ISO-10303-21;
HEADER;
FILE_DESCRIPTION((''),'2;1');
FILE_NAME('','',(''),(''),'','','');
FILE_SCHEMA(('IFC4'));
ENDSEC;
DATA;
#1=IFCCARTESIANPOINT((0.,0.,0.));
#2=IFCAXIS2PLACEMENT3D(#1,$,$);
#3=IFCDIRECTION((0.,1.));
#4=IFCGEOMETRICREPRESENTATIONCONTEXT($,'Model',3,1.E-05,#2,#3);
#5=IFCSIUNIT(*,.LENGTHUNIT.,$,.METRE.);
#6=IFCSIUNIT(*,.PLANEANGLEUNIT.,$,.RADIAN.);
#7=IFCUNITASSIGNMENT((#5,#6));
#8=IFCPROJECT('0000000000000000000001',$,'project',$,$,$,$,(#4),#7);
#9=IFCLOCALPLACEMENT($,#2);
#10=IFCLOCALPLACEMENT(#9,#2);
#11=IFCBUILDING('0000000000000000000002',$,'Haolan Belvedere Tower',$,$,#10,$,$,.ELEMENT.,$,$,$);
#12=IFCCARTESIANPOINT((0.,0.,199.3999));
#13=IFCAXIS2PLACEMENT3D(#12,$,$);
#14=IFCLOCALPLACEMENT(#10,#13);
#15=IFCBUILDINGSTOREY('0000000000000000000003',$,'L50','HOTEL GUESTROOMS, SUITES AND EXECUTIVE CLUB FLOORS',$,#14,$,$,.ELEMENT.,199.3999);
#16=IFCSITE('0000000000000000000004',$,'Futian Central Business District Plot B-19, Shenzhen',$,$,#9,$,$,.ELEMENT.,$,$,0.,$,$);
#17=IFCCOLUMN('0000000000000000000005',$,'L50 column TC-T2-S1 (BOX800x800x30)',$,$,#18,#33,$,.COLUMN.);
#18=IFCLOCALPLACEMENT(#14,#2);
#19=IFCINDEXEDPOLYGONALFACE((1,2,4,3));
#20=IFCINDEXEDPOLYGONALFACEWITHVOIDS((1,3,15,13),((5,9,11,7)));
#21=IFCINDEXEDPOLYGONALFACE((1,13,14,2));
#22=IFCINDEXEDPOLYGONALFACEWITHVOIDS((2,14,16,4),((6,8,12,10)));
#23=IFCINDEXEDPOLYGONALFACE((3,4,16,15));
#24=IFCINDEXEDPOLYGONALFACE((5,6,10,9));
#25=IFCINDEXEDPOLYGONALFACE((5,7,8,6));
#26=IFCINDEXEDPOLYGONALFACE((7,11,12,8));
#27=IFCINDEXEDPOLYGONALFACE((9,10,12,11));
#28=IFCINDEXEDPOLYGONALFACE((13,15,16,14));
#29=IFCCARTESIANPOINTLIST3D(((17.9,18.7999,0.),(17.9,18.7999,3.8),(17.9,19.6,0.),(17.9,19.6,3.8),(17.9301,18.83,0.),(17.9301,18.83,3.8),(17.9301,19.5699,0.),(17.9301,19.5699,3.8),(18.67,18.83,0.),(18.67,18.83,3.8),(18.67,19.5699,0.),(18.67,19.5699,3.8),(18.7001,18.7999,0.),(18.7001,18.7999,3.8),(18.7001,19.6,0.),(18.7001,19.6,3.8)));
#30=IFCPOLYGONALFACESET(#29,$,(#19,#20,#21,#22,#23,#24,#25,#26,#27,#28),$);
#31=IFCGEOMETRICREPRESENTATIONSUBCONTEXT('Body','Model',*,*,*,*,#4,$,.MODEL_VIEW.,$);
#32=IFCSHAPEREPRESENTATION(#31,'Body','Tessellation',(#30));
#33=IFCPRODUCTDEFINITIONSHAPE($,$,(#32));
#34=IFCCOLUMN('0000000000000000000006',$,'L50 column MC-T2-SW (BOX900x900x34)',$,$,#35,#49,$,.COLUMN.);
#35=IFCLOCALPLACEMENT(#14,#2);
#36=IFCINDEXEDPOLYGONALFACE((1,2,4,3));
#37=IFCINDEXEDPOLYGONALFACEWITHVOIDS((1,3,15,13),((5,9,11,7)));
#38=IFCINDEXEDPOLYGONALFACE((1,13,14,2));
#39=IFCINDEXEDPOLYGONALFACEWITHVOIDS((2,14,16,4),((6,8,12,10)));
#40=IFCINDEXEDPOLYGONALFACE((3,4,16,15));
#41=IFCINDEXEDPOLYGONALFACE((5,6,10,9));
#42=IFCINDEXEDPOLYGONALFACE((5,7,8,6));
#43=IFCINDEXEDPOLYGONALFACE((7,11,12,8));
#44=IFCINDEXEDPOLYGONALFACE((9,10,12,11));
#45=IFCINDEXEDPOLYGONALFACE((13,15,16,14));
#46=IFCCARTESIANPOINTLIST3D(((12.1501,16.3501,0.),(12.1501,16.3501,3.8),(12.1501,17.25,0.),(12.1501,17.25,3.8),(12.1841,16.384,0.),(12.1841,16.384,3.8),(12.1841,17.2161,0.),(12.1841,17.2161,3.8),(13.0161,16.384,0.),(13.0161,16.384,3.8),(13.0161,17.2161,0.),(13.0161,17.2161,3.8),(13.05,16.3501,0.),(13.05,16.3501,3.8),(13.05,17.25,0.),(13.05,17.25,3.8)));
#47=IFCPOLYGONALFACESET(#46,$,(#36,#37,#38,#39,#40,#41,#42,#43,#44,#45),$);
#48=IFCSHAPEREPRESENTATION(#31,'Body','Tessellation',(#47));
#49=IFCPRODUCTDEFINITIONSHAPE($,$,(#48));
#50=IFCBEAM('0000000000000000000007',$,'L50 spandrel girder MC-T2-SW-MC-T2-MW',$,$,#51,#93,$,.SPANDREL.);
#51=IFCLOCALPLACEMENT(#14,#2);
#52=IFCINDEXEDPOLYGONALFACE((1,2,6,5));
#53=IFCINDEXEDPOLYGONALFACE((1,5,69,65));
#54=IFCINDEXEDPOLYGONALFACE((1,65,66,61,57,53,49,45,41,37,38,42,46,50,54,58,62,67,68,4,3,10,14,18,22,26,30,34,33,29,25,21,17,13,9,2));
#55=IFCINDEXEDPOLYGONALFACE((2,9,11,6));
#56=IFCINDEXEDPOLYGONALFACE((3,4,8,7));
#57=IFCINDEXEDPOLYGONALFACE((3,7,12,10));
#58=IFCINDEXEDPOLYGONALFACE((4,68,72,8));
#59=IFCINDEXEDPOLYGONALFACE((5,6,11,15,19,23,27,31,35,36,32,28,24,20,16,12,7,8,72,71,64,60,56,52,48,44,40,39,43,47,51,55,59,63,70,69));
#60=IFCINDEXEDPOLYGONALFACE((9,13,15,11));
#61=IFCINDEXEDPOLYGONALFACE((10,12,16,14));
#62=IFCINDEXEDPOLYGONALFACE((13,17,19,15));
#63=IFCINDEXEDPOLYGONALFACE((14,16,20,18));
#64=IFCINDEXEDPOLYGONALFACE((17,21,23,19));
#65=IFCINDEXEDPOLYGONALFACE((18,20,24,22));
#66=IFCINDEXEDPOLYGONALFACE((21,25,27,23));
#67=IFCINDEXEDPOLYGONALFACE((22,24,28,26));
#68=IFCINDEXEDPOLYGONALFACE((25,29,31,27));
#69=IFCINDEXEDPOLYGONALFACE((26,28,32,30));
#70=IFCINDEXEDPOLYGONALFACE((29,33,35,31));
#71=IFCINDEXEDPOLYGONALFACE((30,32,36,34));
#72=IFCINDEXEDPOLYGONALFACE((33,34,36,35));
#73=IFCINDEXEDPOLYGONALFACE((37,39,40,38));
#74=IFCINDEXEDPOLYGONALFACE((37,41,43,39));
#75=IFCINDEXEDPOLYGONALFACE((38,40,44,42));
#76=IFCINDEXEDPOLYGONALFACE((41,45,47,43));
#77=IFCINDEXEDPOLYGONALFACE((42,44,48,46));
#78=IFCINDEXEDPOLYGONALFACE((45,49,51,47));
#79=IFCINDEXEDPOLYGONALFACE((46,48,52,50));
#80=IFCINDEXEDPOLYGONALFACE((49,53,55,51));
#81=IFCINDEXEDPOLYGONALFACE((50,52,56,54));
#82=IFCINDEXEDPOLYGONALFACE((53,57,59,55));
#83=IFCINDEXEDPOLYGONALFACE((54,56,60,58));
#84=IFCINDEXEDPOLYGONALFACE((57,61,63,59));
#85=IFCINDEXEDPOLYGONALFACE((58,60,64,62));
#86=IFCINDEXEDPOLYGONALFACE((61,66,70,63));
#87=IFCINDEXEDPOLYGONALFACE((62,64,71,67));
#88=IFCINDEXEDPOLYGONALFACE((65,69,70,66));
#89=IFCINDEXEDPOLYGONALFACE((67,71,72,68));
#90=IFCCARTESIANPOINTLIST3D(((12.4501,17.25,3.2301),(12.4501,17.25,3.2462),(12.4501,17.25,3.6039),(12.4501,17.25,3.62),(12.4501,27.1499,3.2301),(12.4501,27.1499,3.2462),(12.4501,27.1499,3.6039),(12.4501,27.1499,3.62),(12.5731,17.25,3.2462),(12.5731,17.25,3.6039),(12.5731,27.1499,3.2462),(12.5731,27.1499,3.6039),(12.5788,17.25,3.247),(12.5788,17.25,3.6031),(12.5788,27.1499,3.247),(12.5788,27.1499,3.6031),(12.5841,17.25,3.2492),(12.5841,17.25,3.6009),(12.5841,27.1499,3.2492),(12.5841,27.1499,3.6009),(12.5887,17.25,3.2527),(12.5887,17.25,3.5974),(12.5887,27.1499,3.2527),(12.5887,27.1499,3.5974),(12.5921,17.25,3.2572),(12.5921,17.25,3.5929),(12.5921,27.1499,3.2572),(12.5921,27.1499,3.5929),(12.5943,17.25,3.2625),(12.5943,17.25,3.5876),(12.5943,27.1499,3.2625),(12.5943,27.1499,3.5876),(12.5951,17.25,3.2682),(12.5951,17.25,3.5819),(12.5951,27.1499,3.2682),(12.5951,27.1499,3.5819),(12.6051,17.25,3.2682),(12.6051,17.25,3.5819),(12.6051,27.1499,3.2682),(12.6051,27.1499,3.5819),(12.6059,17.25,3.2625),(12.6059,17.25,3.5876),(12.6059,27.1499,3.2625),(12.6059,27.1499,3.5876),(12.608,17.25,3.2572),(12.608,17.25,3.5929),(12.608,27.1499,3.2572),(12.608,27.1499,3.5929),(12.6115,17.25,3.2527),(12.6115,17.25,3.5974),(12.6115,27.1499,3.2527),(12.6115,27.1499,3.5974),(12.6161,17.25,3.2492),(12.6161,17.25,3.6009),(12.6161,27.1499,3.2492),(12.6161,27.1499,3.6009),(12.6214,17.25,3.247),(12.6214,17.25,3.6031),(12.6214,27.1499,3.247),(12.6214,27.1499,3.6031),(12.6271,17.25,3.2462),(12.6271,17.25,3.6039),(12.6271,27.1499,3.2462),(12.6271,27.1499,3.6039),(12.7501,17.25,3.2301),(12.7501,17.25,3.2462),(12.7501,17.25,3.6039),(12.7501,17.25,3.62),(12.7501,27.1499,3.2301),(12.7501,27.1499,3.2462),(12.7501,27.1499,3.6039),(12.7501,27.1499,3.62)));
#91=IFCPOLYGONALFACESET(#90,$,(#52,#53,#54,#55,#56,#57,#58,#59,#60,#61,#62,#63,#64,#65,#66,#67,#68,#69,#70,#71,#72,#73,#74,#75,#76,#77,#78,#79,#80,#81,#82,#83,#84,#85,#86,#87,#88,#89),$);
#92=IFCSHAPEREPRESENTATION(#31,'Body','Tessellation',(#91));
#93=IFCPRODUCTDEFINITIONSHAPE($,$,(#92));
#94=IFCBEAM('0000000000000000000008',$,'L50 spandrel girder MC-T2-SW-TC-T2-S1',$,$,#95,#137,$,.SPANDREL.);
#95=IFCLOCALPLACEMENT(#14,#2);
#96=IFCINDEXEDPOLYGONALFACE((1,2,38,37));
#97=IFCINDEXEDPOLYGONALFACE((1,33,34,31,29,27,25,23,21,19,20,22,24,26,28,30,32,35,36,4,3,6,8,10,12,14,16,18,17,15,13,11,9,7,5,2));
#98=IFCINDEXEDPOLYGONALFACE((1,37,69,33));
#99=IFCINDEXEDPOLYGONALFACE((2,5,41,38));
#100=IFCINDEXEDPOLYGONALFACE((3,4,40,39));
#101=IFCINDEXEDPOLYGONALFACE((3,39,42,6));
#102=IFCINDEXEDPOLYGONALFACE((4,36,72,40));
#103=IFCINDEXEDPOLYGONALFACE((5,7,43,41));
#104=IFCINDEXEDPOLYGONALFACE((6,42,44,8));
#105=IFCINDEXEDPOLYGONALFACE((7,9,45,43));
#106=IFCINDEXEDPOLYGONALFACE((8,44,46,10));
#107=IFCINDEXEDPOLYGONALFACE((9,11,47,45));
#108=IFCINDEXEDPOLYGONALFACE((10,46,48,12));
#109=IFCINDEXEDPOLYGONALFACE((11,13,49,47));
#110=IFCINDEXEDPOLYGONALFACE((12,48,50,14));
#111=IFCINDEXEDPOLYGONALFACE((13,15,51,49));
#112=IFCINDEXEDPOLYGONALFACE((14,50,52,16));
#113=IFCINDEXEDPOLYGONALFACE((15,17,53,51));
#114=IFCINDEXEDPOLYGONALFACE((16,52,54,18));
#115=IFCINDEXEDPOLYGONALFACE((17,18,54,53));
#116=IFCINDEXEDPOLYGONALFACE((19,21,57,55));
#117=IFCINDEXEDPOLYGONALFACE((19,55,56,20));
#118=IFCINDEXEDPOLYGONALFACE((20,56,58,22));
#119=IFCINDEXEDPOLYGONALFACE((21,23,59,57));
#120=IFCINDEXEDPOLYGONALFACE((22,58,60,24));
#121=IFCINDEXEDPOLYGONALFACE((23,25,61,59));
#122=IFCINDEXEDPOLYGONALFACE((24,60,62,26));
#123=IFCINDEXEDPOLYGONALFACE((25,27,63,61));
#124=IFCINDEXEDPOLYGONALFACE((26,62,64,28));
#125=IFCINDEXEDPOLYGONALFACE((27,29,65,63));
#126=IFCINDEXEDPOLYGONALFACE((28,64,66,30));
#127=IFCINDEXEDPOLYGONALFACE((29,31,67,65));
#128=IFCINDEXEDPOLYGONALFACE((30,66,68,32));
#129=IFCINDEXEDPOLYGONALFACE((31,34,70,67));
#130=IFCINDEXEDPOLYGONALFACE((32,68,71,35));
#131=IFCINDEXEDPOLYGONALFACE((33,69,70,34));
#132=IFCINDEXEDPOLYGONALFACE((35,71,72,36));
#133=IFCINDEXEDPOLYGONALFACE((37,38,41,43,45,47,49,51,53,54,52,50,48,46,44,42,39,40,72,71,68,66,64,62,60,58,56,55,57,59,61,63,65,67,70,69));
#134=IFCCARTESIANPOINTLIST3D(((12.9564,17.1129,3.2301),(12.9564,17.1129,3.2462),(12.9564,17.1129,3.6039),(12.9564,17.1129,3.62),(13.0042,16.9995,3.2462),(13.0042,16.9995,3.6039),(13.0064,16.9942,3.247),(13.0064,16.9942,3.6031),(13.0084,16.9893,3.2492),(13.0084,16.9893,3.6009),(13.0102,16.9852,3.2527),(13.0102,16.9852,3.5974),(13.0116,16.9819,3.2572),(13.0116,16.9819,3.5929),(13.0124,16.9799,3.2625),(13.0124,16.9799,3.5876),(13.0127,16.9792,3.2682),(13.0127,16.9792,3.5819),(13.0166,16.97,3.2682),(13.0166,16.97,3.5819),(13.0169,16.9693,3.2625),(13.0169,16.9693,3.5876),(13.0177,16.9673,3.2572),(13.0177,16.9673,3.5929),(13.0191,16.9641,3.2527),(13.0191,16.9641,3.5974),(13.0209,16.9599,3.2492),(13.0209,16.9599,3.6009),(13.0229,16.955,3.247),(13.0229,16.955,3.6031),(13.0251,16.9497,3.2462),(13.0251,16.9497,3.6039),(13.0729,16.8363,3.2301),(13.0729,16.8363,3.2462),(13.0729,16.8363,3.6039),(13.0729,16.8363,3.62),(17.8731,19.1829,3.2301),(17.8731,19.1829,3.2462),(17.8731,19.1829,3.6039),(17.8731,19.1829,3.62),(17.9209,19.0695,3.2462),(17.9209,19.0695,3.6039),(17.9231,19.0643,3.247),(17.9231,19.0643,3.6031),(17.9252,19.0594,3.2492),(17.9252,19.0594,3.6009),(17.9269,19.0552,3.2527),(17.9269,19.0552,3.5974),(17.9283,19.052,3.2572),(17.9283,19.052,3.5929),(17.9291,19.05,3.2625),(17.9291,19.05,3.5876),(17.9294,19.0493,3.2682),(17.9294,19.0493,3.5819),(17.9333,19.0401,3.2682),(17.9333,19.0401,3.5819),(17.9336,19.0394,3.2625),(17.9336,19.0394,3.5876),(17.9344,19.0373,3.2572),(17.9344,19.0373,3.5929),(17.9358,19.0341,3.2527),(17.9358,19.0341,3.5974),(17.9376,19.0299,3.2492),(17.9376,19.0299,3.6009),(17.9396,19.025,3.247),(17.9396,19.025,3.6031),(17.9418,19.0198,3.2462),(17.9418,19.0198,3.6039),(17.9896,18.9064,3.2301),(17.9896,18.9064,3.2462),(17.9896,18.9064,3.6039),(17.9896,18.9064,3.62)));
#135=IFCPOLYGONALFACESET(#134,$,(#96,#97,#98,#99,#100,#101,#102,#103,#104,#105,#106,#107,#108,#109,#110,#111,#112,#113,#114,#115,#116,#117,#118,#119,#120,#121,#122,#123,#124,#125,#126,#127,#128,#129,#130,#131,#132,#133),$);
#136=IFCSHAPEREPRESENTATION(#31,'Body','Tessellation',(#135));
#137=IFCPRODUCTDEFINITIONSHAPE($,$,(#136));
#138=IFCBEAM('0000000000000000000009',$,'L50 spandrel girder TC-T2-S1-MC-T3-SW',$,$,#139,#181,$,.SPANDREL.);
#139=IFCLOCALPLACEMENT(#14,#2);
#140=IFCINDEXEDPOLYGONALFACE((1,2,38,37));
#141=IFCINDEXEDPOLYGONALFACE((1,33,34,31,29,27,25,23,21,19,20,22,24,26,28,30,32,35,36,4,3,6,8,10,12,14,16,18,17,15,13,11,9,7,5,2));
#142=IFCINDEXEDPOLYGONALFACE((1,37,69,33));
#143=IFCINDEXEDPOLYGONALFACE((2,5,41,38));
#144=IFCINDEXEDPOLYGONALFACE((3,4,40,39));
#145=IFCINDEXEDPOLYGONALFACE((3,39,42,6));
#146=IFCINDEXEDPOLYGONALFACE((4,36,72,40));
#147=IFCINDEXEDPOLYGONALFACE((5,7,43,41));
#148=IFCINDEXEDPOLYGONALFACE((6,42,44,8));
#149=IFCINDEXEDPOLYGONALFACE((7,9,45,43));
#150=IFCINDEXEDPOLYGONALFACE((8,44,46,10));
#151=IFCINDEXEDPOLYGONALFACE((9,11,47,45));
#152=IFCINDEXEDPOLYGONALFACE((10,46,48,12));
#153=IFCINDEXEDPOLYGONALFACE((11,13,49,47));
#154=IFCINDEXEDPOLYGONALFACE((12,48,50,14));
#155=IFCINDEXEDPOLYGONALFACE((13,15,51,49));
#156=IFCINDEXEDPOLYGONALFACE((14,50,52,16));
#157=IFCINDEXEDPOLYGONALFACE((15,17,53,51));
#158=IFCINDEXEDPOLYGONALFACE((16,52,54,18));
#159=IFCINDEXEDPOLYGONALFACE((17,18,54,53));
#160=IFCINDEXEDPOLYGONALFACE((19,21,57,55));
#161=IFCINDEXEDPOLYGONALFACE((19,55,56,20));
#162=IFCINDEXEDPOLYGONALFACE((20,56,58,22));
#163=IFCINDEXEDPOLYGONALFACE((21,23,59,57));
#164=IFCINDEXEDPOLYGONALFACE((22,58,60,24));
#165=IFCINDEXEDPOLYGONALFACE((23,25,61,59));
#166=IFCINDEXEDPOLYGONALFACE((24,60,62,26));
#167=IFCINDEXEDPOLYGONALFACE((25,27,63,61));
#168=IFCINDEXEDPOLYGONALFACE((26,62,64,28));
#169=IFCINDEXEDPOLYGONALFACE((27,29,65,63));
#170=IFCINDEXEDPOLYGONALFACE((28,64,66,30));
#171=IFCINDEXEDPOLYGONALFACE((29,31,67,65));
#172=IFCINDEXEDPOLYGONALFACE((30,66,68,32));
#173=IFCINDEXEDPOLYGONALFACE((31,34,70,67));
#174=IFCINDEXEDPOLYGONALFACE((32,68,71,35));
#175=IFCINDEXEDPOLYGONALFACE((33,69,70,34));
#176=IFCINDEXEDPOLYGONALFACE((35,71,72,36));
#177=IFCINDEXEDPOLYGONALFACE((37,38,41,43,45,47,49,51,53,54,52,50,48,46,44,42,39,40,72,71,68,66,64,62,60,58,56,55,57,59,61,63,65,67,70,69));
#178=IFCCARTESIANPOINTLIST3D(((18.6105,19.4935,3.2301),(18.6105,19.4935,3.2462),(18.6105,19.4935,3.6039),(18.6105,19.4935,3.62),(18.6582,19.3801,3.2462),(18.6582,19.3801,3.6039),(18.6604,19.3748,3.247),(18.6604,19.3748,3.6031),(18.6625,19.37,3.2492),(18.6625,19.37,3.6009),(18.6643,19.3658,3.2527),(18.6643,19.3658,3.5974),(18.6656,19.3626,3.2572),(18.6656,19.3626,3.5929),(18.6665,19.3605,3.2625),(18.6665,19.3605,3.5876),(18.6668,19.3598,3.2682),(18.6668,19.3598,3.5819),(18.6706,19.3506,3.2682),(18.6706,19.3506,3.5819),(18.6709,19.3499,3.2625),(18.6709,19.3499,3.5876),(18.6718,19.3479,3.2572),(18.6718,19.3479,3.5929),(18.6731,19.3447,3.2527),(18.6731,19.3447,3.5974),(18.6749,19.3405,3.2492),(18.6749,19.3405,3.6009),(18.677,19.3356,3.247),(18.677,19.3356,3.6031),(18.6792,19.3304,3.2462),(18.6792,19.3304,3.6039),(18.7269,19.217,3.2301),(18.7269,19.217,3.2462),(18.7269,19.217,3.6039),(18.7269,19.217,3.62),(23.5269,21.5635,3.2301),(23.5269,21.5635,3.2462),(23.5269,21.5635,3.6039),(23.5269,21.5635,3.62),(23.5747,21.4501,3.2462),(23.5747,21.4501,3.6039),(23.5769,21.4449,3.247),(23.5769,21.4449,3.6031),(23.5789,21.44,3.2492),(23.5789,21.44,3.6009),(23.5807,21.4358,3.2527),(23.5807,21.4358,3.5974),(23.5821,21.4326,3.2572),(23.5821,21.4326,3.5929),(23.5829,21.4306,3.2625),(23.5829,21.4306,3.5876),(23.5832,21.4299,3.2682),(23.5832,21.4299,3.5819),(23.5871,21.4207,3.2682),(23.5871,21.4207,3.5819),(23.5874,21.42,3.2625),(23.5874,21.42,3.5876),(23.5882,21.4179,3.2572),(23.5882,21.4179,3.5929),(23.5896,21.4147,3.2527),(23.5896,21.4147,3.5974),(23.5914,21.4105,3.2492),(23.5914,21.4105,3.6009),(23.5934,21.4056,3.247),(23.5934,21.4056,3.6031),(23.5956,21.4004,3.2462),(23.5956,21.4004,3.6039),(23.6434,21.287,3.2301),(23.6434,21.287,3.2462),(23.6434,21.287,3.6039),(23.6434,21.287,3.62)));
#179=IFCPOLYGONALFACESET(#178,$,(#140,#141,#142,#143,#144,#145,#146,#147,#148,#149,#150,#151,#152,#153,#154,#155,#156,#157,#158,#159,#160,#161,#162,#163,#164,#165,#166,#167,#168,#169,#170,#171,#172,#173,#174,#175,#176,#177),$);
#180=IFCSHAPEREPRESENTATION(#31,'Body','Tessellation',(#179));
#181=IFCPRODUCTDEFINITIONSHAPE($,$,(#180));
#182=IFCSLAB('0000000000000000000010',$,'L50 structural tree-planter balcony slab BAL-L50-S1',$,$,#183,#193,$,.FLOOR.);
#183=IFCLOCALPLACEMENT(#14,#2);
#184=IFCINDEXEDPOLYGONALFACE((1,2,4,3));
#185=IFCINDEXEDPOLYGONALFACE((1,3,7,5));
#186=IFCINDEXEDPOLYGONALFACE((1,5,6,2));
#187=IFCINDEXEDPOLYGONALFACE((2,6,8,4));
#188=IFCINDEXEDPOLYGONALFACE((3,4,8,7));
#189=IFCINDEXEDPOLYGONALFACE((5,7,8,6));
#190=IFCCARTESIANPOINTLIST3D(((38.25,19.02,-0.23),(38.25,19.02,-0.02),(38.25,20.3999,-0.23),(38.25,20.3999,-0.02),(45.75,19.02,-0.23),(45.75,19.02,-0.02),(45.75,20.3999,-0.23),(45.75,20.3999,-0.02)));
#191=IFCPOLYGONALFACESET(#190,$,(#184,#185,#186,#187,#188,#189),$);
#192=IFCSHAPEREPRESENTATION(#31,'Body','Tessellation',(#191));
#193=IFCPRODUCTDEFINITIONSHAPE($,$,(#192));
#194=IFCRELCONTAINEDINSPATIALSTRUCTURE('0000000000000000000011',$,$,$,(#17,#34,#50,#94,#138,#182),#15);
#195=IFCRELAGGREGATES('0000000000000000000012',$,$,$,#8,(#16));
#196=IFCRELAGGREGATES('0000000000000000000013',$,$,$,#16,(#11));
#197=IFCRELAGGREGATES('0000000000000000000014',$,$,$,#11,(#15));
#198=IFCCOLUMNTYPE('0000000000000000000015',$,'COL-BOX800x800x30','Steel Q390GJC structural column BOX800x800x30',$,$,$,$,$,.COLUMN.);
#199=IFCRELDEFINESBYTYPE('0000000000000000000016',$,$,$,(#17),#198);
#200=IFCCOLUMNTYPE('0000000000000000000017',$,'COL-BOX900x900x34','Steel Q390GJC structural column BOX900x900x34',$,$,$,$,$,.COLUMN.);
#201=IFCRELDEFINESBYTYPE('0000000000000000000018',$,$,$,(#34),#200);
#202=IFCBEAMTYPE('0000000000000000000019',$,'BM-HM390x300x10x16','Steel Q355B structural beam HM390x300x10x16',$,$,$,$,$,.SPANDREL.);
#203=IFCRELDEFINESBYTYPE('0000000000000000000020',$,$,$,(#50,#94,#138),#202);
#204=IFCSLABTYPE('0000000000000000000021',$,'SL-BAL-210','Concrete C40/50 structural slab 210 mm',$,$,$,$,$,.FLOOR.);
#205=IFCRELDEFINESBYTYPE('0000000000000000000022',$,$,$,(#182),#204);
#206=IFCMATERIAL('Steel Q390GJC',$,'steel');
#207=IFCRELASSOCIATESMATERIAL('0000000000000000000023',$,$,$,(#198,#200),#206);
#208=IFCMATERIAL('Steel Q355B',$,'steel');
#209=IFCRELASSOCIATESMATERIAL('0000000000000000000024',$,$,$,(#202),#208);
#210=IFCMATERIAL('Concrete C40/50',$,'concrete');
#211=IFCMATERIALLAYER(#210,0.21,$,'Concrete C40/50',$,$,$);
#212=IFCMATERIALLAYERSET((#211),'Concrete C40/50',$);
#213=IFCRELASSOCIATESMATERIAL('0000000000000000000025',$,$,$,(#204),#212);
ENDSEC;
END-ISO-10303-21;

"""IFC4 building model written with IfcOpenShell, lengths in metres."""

from ifc_helpers import new_model, si_unit, direction, frame, origin, origin_2d, place, context, subcontext, project, spatial, polyline, hollow_rectangle, i_section, outline, extrude, material, layer, layer_set, material_profile, profile_set, type_object, element, save


model = new_model("IFC4")

# Units and contexts
model_context = context("Model", 3, precision=1e-05, world=origin(), true_north=direction((0.0, 1.0)))
body_context = subcontext(model_context, "Body", "Model", "MODEL_VIEW")
ifc_project = project(units=[si_unit("LENGTHUNIT", "METRE"), si_unit("PLANEANGLEUNIT", "RADIAN")], contexts=[model_context])

# Site, building, storey
site_placement = place(None, origin())
site = spatial("IfcSite", under=ifc_project, at=site_placement, Name="Futian Central Business District Plot B-19, Shenzhen", CompositionType="ELEMENT", RefElevation=0.0)
building_placement = place(site_placement, origin())
building = spatial("IfcBuilding", under=site, at=building_placement, Name="Haolan Belvedere Tower", CompositionType="ELEMENT")
storey_placement = place(building_placement, frame((0.0, 0.0, 199.3999)))
storey = spatial("IfcBuildingStorey", under=building, at=storey_placement, Name="L50", Description="HOTEL GUESTROOMS, SUITES AND EXECUTIVE CLUB FLOORS", CompositionType="ELEMENT", Elevation=199.3999)

# Columns
ifc_material_1 = material(Name="Steel Q390GJC", Category="steel")
ifc_material_profile_1 = material_profile(ifc_material_1, hollow_rectangle(XDim=0.8, YDim=0.8, WallThickness=0.03, at=origin_2d()), Name="Steel Q390GJC")
ifc_profile_set_1 = profile_set([ifc_material_profile_1], Name="Steel Q390GJC")
column_type_1 = type_object("IfcColumnType", Name="COL-BOX800x800x30", Description="Steel Q390GJC structural column BOX800x800x30", PredefinedType="COLUMN", material=ifc_profile_set_1)
column_1_placement = place(storey_placement, frame((18.3, 19.2, 0.0), z_axis=(0.0, 0.0, 1.0), x_axis=(1.0, 0.0, 0.0)))
element("IfcColumn", 1, at=column_1_placement, inside=storey, type_object=column_type_1, Name="L50 column TC-T2-S1 (BOX800x800x30)", PredefinedType="COLUMN", context=body_context, shape_type="SweptSolid", body=[
    extrude(hollow_rectangle(XDim=0.8, YDim=0.8, WallThickness=0.03, at=origin_2d()), origin(), (0.0, 0.0, 1.0), 3.8),
])
ifc_material_profile_2 = material_profile(ifc_material_1, hollow_rectangle(XDim=0.8999, YDim=0.8999, WallThickness=0.0339, at=origin_2d()), Name="Steel Q390GJC")
ifc_profile_set_2 = profile_set([ifc_material_profile_2], Name="Steel Q390GJC")
column_type_2 = type_object("IfcColumnType", Name="COL-BOX900x900x34", Description="Steel Q390GJC structural column BOX900x900x34", PredefinedType="COLUMN", material=ifc_profile_set_2)
column_2_placement = place(storey_placement, frame((12.6001, 16.8, 0.0), z_axis=(0.0, 0.0, 1.0), x_axis=(1.0, 0.0, 0.0)))
element("IfcColumn", 2, at=column_2_placement, inside=storey, type_object=column_type_2, Name="L50 column MC-T2-SW (BOX900x900x34)", PredefinedType="COLUMN", context=body_context, shape_type="SweptSolid", body=[
    extrude(hollow_rectangle(XDim=0.8999, YDim=0.8999, WallThickness=0.0339, at=origin_2d()), origin(), (0.0, 0.0, 1.0), 3.8),
])

# Beams
ifc_material_2 = material(Name="Steel Q355B", Category="steel")
ifc_material_profile_3 = material_profile(ifc_material_2, i_section(OverallWidth=0.3, OverallDepth=0.3899, WebThickness=0.01, FlangeThickness=0.0161, FilletRadius=0.022, at=origin_2d()), Name="Steel Q355B")
ifc_profile_set_3 = profile_set([ifc_material_profile_3], Name="Steel Q355B")
beam_type = type_object("IfcBeamType", Name="BM-HM390x300x10x16", Description="Steel Q355B structural beam HM390x300x10x16", PredefinedType="SPANDREL", material=ifc_profile_set_3)
beam_1_placement = place(storey_placement, frame((12.6001, 17.25, 3.425), z_axis=(0.0, 1.0, 0.0), x_axis=(-1.0, 0.0, 0.0)))
element("IfcBeam", 3, at=beam_1_placement, inside=storey, type_object=beam_type, Name="L50 spandrel girder MC-T2-SW-MC-T2-MW", PredefinedType="SPANDREL", context=body_context, shape_type="SweptSolid", body=[
    extrude(i_section(OverallWidth=0.3, OverallDepth=0.3899, WebThickness=0.01, FlangeThickness=0.0161, FilletRadius=0.022, at=origin_2d()), origin(), (0.0, 0.0, 1.0), 9.8999),
])
beam_2_placement = place(storey_placement, frame((13.0146, 16.9746, 3.425), z_axis=(0.921645, 0.388034, 0.0), x_axis=(-0.388034, 0.921645, 0.0)))
element("IfcBeam", 4, at=beam_2_placement, inside=storey, type_object=beam_type, Name="L50 spandrel girder MC-T2-SW-TC-T2-S1", PredefinedType="SPANDREL", context=body_context, shape_type="SweptSolid", body=[
    extrude(i_section(OverallWidth=0.3, OverallDepth=0.3899, WebThickness=0.01, FlangeThickness=0.0161, FilletRadius=0.022, at=origin_2d()), origin(), (0.0, 0.0, 1.0), 5.3347),
])
beam_3_placement = place(storey_placement, frame((18.6687, 19.3552, 3.425), z_axis=(0.921638, 0.388051, 0.0), x_axis=(-0.388051, 0.921638, 0.0)))
element("IfcBeam", 5, at=beam_3_placement, inside=storey, type_object=beam_type, Name="L50 spandrel girder TC-T2-S1-MC-T3-SW", PredefinedType="SPANDREL", context=body_context, shape_type="SweptSolid", body=[
    extrude(i_section(OverallWidth=0.3, OverallDepth=0.3899, WebThickness=0.01, FlangeThickness=0.0161, FilletRadius=0.022, at=origin_2d()), origin(), (0.0, 0.0, 1.0), 5.3345),
])

# Slab
ifc_material_3 = material(Name="Concrete C40/50", Category="concrete")
ifc_layer_1 = layer(ifc_material_3, 0.21, Name="Concrete C40/50")
ifc_layer_set_1 = layer_set([ifc_layer_1], Name="Concrete C40/50")
slab_type_1 = type_object("IfcSlabType", Name="SL-BAL-210", Description="Concrete C40/50 structural slab 210 mm", PredefinedType="FLOOR", material=ifc_layer_set_1)
slab_1_placement = place(storey_placement, frame((0.0, 0.0, -0.23)))
element("IfcSlab", 6, at=slab_1_placement, inside=storey, type_object=slab_type_1, Name="L50 structural tree-planter balcony slab BAL-L50-S1", PredefinedType="FLOOR", context=body_context, shape_type="SweptSolid", body=[
    extrude(outline(polyline([(38.25, 19.02), (45.75, 19.02), (45.75, 20.3999), (38.25, 20.3999), (38.25, 19.02)])), origin(), (0.0, 0.0, 1.0), 0.21),
])

save(model, "model.ifc")
